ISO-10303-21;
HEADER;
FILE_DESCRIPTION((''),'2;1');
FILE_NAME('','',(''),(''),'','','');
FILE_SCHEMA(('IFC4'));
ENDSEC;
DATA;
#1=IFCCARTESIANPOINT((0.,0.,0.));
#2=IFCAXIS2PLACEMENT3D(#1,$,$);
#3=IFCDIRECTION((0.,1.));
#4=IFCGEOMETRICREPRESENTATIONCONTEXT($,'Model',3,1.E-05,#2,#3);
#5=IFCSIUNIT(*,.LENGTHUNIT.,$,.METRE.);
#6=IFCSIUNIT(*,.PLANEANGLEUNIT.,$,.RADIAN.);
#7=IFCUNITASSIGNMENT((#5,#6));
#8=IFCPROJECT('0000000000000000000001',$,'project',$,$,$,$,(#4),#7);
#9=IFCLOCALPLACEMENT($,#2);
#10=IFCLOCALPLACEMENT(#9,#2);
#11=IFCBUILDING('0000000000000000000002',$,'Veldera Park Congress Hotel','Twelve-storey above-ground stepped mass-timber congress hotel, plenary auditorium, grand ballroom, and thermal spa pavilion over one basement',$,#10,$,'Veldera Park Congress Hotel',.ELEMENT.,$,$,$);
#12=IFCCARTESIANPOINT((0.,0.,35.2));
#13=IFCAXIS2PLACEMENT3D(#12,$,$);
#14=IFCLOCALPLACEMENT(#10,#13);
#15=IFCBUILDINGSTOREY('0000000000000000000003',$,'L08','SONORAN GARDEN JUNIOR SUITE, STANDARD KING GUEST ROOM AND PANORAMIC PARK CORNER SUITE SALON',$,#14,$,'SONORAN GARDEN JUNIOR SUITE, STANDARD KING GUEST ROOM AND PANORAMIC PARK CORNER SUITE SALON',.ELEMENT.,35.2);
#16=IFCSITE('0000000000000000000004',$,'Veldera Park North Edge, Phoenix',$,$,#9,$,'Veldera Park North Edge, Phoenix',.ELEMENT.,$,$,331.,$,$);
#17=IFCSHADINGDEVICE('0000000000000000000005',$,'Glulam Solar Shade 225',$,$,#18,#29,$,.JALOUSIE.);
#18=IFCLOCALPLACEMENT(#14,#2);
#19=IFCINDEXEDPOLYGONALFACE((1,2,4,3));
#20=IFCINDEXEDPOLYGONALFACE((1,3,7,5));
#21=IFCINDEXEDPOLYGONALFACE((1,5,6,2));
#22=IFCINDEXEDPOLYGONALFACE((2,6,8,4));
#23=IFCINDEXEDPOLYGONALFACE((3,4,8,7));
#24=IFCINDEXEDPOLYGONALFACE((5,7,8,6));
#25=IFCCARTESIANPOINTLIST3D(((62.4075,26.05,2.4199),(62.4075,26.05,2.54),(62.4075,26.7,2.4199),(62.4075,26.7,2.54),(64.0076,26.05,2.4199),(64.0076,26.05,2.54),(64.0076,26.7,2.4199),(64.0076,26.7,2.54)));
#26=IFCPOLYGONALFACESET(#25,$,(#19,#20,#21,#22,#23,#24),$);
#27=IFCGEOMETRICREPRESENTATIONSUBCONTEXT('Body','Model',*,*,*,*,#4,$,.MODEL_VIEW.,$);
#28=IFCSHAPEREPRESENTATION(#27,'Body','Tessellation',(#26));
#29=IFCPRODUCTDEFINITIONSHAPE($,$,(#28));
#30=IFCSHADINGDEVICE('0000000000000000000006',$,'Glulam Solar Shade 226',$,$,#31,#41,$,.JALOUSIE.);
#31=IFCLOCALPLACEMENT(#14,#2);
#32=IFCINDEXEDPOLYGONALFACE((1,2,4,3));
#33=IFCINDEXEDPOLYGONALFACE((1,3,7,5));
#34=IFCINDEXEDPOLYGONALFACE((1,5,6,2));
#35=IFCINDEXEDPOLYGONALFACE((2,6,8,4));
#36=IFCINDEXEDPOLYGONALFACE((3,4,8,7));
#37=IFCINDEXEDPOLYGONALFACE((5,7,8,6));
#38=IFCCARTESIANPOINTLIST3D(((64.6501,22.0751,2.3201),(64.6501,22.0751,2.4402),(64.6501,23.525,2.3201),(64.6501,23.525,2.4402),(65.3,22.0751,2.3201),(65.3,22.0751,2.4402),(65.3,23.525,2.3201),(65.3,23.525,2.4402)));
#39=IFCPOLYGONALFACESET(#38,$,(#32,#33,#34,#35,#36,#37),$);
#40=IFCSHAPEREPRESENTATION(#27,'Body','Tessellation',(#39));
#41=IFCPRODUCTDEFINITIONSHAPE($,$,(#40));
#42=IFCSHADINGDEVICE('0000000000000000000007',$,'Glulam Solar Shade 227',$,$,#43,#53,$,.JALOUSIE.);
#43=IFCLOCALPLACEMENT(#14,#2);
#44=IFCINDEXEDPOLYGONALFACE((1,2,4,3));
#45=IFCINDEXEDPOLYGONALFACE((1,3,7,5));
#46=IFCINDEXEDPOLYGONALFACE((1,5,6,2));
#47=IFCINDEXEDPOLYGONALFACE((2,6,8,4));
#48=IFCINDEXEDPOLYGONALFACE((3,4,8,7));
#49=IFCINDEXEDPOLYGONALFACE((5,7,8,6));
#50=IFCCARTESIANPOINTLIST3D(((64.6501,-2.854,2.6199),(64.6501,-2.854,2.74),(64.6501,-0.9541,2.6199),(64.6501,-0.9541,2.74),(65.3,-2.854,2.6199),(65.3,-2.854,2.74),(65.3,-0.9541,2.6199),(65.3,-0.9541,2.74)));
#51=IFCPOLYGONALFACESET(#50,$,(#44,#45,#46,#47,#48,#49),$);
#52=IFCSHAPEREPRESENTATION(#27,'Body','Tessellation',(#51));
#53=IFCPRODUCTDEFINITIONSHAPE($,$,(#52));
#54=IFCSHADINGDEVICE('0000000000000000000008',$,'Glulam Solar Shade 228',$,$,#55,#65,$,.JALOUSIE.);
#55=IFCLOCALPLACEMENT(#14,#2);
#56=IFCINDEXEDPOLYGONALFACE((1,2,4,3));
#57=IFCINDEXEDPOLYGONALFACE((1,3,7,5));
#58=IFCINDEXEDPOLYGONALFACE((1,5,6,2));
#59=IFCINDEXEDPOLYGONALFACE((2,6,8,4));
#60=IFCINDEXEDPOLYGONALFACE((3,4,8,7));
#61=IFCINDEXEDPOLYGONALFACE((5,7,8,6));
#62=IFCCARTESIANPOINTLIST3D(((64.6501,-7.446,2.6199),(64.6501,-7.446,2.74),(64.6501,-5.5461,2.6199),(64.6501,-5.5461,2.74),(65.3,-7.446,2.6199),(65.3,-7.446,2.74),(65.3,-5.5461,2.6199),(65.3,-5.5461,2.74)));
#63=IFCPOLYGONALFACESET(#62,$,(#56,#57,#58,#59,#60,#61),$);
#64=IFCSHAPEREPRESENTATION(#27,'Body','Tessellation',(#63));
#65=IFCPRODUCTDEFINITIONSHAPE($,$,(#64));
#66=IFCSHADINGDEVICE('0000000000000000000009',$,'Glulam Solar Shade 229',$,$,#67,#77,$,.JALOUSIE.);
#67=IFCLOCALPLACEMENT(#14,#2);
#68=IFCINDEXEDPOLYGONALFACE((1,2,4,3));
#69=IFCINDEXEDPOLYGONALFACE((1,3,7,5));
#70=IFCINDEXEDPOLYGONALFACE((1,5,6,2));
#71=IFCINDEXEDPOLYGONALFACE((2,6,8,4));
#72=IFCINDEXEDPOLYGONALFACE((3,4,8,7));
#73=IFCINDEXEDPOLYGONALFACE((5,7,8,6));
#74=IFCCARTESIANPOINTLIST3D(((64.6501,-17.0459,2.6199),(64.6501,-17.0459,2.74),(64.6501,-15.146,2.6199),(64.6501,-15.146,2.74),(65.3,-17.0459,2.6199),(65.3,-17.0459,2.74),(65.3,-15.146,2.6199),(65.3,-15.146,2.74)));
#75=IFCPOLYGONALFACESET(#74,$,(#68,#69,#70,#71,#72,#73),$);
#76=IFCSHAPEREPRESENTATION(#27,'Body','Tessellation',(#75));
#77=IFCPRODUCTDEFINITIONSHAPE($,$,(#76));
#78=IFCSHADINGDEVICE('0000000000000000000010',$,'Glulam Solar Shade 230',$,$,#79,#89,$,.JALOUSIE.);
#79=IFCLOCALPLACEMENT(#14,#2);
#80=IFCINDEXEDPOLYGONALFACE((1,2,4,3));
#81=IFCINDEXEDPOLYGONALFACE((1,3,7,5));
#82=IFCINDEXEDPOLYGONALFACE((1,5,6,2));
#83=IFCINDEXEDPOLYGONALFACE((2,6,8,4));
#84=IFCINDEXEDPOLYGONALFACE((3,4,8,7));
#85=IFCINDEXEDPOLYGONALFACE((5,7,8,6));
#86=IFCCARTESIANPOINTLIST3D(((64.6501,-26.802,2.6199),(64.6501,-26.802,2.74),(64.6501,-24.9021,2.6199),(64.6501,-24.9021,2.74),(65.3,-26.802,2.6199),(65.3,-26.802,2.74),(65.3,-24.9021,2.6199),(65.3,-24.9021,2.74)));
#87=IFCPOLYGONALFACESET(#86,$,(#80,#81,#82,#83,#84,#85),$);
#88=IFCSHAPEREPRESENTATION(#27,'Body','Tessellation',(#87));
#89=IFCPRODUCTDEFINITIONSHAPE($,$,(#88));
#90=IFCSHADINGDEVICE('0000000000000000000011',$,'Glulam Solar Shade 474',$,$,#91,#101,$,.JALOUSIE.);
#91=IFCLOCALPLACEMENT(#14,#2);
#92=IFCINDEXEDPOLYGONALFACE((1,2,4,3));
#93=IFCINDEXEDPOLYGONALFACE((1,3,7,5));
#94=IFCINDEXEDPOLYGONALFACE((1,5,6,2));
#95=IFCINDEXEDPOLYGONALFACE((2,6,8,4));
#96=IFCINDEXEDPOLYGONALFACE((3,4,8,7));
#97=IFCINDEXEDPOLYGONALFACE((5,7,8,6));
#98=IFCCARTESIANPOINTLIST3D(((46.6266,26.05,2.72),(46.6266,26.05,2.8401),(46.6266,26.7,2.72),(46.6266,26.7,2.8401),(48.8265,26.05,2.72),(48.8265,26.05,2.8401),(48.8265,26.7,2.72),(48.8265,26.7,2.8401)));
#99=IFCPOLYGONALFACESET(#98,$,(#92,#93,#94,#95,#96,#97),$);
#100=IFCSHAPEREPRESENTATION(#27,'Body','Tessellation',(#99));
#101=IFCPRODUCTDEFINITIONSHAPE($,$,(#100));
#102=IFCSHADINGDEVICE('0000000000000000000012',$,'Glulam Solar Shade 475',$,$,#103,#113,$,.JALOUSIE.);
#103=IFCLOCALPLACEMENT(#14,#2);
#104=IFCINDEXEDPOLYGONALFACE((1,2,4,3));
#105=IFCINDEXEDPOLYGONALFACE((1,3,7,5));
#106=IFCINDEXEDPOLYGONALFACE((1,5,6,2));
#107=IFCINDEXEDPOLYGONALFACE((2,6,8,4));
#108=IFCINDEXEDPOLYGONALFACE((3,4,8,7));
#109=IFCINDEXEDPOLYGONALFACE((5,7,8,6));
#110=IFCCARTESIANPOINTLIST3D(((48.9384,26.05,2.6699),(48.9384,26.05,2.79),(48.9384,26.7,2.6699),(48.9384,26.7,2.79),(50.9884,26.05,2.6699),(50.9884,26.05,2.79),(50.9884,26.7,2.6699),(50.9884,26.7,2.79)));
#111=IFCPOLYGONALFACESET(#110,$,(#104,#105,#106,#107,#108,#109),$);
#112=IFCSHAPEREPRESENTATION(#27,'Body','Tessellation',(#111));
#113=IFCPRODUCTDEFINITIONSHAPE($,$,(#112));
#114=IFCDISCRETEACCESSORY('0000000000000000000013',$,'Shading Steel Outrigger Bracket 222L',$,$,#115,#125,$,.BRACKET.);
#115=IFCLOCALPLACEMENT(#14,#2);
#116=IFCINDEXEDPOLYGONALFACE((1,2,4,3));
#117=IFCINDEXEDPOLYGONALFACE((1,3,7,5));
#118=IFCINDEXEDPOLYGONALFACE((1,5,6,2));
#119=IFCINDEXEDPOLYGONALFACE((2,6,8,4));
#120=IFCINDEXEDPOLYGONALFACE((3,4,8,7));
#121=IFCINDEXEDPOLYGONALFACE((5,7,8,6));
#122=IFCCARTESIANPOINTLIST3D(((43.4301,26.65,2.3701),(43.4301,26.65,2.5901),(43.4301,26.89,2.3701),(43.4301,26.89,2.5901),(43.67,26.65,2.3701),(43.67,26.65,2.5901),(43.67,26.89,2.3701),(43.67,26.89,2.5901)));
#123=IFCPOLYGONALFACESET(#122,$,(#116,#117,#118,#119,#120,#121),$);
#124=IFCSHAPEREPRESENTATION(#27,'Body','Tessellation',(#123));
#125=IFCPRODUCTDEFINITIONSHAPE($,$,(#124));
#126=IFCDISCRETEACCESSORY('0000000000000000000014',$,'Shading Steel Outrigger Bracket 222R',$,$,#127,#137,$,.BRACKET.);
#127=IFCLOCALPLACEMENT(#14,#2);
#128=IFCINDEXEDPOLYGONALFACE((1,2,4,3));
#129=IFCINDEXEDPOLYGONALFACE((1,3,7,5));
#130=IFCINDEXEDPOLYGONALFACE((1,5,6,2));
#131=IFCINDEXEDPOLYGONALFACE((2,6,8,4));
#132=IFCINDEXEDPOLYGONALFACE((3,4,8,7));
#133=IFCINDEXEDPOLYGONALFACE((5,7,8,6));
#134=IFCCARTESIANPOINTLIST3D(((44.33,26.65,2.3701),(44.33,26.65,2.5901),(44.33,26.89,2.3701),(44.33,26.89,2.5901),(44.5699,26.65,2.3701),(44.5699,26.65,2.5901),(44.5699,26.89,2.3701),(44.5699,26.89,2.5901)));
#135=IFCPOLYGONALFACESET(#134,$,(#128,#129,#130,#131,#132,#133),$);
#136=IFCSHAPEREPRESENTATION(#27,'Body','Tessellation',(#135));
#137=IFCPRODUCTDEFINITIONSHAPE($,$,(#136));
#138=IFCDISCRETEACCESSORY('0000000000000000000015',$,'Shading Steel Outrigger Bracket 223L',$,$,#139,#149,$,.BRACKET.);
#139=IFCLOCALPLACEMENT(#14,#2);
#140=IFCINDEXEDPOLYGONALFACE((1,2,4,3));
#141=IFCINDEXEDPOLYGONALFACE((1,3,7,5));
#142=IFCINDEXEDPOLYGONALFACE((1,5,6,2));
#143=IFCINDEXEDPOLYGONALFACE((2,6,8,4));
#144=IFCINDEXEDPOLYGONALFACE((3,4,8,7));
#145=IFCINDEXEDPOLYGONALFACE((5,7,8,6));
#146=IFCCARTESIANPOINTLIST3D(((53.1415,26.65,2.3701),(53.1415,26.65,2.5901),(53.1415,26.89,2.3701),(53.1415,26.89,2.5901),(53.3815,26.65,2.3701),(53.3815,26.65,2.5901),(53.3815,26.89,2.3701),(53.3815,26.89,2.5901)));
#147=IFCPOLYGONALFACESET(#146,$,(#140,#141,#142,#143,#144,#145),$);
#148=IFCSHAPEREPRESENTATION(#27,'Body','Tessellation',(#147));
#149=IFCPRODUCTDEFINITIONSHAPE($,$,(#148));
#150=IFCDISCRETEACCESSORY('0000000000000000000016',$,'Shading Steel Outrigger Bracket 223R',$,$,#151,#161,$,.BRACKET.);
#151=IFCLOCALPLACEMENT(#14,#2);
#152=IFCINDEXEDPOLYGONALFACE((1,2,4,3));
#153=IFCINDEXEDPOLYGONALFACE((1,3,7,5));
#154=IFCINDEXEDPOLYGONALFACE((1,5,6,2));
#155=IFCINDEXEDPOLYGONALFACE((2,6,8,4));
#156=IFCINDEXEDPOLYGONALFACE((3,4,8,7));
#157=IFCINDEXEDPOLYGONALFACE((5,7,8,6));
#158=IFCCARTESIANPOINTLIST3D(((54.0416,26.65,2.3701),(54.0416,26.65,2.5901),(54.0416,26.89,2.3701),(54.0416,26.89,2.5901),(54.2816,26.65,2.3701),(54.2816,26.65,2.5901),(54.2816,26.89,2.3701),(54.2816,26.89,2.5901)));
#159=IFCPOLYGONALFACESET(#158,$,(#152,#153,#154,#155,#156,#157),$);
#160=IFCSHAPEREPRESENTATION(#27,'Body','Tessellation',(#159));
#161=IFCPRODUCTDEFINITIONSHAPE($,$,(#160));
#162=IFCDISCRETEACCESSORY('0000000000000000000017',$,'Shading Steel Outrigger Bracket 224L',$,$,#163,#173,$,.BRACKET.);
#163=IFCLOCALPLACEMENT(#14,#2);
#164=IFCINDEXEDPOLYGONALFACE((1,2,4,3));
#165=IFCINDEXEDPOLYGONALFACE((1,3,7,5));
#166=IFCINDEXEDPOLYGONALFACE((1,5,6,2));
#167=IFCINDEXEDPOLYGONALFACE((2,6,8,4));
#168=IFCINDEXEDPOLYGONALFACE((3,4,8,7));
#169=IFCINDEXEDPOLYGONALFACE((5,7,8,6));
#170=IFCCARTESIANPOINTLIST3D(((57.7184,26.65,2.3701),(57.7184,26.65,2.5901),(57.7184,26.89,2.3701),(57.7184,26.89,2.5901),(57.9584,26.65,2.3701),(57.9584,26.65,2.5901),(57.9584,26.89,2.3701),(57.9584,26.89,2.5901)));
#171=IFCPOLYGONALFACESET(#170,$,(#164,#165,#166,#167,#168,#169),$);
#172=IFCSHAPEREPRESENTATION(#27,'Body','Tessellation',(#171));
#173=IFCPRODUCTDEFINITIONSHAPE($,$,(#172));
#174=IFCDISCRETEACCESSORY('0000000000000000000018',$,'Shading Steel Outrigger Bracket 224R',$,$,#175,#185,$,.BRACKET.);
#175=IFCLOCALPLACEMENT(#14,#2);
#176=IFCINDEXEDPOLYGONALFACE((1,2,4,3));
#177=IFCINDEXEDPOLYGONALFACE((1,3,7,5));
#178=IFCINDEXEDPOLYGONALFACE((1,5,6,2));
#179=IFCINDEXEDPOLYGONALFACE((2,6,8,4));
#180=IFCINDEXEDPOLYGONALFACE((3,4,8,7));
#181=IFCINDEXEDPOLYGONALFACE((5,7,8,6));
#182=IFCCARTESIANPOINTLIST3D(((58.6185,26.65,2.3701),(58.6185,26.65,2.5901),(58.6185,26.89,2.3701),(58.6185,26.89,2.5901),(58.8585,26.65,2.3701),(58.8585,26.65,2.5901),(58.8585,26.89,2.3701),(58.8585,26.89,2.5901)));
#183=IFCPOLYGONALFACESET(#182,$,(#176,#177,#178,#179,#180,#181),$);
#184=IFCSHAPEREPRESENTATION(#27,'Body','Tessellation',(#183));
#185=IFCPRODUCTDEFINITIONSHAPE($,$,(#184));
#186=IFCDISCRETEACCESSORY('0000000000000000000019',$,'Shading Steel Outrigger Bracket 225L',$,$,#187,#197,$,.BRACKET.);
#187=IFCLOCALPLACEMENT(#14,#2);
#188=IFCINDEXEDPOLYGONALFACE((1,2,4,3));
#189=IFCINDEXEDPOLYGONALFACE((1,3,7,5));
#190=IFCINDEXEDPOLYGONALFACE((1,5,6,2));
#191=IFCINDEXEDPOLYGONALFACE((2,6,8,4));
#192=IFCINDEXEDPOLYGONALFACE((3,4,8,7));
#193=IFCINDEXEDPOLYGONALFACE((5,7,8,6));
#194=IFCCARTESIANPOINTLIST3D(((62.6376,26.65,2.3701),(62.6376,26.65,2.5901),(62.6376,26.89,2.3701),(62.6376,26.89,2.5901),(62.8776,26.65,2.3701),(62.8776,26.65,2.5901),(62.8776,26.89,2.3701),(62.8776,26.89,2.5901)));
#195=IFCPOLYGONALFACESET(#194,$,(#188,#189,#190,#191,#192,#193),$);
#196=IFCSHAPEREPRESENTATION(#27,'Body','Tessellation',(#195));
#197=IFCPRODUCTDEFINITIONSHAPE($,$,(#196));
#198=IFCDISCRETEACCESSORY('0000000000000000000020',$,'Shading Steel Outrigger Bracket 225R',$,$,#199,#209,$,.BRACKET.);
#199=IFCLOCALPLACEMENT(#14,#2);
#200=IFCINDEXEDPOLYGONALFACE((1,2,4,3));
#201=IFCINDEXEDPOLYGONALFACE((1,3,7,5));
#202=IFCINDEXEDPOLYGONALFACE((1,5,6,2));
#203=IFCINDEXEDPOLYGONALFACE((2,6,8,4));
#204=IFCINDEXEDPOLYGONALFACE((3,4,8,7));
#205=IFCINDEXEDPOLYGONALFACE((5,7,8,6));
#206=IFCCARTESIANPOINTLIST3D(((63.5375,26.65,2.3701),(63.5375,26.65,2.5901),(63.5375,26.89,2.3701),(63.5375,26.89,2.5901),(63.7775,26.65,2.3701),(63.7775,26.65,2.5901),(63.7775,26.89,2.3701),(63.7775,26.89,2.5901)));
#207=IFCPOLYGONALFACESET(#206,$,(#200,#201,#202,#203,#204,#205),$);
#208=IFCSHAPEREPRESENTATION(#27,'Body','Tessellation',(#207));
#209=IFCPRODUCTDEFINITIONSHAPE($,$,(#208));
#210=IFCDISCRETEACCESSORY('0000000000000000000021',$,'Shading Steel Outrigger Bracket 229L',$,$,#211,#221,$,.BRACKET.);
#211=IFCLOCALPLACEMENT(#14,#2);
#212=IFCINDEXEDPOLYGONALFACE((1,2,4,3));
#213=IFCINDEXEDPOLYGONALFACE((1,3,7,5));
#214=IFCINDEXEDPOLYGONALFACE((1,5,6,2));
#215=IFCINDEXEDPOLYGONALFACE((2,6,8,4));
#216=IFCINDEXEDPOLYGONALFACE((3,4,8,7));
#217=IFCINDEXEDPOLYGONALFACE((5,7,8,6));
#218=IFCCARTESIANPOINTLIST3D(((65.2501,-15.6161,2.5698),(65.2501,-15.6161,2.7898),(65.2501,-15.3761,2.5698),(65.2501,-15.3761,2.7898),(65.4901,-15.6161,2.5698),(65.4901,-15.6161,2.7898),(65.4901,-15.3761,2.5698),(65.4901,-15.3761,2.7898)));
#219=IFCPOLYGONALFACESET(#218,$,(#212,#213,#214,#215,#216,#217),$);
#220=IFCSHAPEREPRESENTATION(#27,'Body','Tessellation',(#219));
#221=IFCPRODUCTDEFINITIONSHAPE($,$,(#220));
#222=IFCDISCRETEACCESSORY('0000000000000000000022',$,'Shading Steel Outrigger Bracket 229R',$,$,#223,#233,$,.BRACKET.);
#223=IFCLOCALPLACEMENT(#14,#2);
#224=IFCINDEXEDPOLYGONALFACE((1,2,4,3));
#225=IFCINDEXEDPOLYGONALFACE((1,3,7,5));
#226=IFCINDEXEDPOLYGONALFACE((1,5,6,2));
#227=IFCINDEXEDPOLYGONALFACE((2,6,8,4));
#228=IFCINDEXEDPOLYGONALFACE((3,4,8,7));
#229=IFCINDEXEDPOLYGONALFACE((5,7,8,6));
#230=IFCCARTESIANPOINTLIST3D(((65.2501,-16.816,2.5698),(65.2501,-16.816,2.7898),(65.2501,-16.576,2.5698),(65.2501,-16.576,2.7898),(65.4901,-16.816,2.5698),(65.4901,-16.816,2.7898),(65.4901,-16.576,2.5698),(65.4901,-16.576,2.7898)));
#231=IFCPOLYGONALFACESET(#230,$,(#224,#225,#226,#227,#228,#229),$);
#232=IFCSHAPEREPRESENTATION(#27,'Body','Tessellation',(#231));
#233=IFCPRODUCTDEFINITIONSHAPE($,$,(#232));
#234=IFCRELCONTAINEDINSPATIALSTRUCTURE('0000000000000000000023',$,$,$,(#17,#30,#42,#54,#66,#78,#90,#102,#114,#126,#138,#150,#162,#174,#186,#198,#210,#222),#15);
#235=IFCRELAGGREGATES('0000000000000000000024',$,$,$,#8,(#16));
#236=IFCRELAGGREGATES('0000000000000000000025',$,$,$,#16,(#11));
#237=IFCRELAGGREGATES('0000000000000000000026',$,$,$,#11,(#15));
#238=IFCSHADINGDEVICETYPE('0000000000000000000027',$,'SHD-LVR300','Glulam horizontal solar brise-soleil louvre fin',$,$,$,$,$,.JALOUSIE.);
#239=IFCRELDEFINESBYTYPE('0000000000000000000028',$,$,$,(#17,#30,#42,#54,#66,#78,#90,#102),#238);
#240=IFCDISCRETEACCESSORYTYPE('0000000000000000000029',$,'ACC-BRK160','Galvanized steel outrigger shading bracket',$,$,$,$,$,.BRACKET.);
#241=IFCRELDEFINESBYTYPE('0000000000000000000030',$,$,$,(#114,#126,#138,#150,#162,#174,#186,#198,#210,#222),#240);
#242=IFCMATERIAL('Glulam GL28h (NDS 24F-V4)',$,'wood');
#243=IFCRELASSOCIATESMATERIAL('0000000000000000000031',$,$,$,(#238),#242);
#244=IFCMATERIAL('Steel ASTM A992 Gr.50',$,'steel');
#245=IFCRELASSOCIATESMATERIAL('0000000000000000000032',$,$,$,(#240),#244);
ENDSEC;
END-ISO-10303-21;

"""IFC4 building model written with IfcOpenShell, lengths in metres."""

from ifc_helpers import new_model, si_unit, direction, frame, origin, origin_2d, place, context, subcontext, project, spatial, rectangle, extrude, material, type_object, element, save


model = new_model("IFC4")

# Units and contexts
model_context = context("Model", 3, precision=1e-05, world=origin(), true_north=direction((0.0, 1.0)))
body_context = subcontext(model_context, "Body", "Model", "MODEL_VIEW")
ifc_project = project(units=[si_unit("LENGTHUNIT", "METRE"), si_unit("PLANEANGLEUNIT", "RADIAN")], contexts=[model_context])

# Site, building, storey
site_placement = place(None, origin())
site = spatial("IfcSite", under=ifc_project, at=site_placement, Name="Veldera Park North Edge, Phoenix", LongName="Veldera Park North Edge, Phoenix", CompositionType="ELEMENT", RefElevation=331.0)
building_placement = place(site_placement, origin())
building = spatial("IfcBuilding", under=site, at=building_placement, Name="Veldera Park Congress Hotel", Description="Twelve-storey above-ground stepped mass-timber congress hotel, plenary auditorium, grand ballroom, and thermal spa pavilion over one basement", LongName="Veldera Park Congress Hotel", CompositionType="ELEMENT")
storey_placement = place(building_placement, frame((0.0, 0.0, 35.2)))
storey = spatial("IfcBuildingStorey", under=building, at=storey_placement, Name="L08", Description="SONORAN GARDEN JUNIOR SUITE, STANDARD KING GUEST ROOM AND PANORAMIC PARK CORNER SUITE SALON", LongName="SONORAN GARDEN JUNIOR SUITE, STANDARD KING GUEST ROOM AND PANORAMIC PARK CORNER SUITE SALON", CompositionType="ELEMENT", Elevation=35.2)

# Shared definitions
ifc_material_1 = material(Name="Glulam GL28h (NDS 24F-V4)", Category="wood")

# Shading devices
shading_device_type = type_object("IfcShadingDeviceType", Name="SHD-LVR300", Description="Glulam horizontal solar brise-soleil louvre fin", PredefinedType="JALOUSIE", material=ifc_material_1)
for number, where, z_axis, x_axis, name in (
    (1, (63.2075, 26.375, 2.4199), (0.0, 0.0, 1.0), (1.0, 0.0, 0.0), "Glulam Solar Shade 225"),
):
    element("IfcShadingDevice", number, at=place(storey_placement, frame(where, z_axis=z_axis, x_axis=x_axis)), inside=storey, type_object=shading_device_type, Name=name, PredefinedType="JALOUSIE", context=body_context, shape_type="SweptSolid", body=[
        extrude(rectangle(XDim=1.6001, YDim=0.6499, at=origin_2d()), origin(), (0.0, 0.0, 1.0), 0.1201),
    ])
shading_device_1_placement = place(storey_placement, frame((64.9751, 22.8, 2.3201), z_axis=(0.0, 0.0, 1.0), x_axis=(0.0, -1.0, 0.0)))
element("IfcShadingDevice", 2, at=shading_device_1_placement, inside=storey, type_object=shading_device_type, Name="Glulam Solar Shade 226", PredefinedType="JALOUSIE", context=body_context, shape_type="SweptSolid", body=[
    extrude(rectangle(XDim=1.45, YDim=0.6499, at=origin_2d()), origin(), (0.0, 0.0, 1.0), 0.1201),
])
for number, where, z_axis, x_axis, name in (
    (3, (64.9751, -1.9041, 2.6199), (0.0, 0.0, 1.0), (0.0, -1.0, 0.0), "Glulam Solar Shade 227"),
    (4, (64.9751, -6.4961, 2.6199), (0.0, 0.0, 1.0), (0.0, -1.0, 0.0), "Glulam Solar Shade 228"),
    (5, (64.9751, -16.0959, 2.6199), (0.0, 0.0, 1.0), (0.0, -1.0, 0.0), "Glulam Solar Shade 229"),
    (6, (64.9751, -25.8521, 2.6199), (0.0, 0.0, 1.0), (0.0, -1.0, 0.0), "Glulam Solar Shade 230"),
):
    element("IfcShadingDevice", number, at=place(storey_placement, frame(where, z_axis=z_axis, x_axis=x_axis)), inside=storey, type_object=shading_device_type, Name=name, PredefinedType="JALOUSIE", context=body_context, shape_type="SweptSolid", body=[
        extrude(rectangle(XDim=1.8999, YDim=0.6499, at=origin_2d()), origin(), (0.0, 0.0, 1.0), 0.1201),
    ])
shading_device_2_placement = place(storey_placement, frame((47.7266, 26.375, 2.72), z_axis=(0.0, 0.0, 1.0), x_axis=(1.0, 0.0, 0.0)))
element("IfcShadingDevice", 7, at=shading_device_2_placement, inside=storey, type_object=shading_device_type, Name="Glulam Solar Shade 474", PredefinedType="JALOUSIE", context=body_context, shape_type="SweptSolid", body=[
    extrude(rectangle(XDim=2.2, YDim=0.6499, at=origin_2d()), origin(), (0.0, 0.0, 1.0), 0.1201),
])
shading_device_3_placement = place(storey_placement, frame((49.9634, 26.375, 2.6699), z_axis=(0.0, 0.0, 1.0), x_axis=(1.0, 0.0, 0.0)))
element("IfcShadingDevice", 8, at=shading_device_3_placement, inside=storey, type_object=shading_device_type, Name="Glulam Solar Shade 475", PredefinedType="JALOUSIE", context=body_context, shape_type="SweptSolid", body=[
    extrude(rectangle(XDim=2.05, YDim=0.6499, at=origin_2d()), origin(), (0.0, 0.0, 1.0), 0.1201),
])

# Discrete accessories
ifc_material_2 = material(Name="Steel ASTM A992 Gr.50", Category="steel")
discrete_accessory_type = type_object("IfcDiscreteAccessoryType", Name="ACC-BRK160", Description="Galvanized steel outrigger shading bracket", PredefinedType="BRACKET", material=ifc_material_2)
for number, where, z_axis, x_axis, name in (
    (9, (43.55, 26.77, 2.3701), (0.0, 0.0, 1.0), (1.0, 0.0, 0.0), "Shading Steel Outrigger Bracket 222L"),
    (10, (44.45, 26.77, 2.3701), (0.0, 0.0, 1.0), (1.0, 0.0, 0.0), "Shading Steel Outrigger Bracket 222R"),
    (11, (53.2615, 26.77, 2.3701), (0.0, 0.0, 1.0), (1.0, 0.0, 0.0), "Shading Steel Outrigger Bracket 223L"),
    (12, (54.1616, 26.77, 2.3701), (0.0, 0.0, 1.0), (1.0, 0.0, 0.0), "Shading Steel Outrigger Bracket 223R"),
    (13, (57.8384, 26.77, 2.3701), (0.0, 0.0, 1.0), (1.0, 0.0, 0.0), "Shading Steel Outrigger Bracket 224L"),
    (14, (58.7385, 26.77, 2.3701), (0.0, 0.0, 1.0), (1.0, 0.0, 0.0), "Shading Steel Outrigger Bracket 224R"),
    (15, (62.7576, 26.77, 2.3701), (0.0, 0.0, 1.0), (1.0, 0.0, 0.0), "Shading Steel Outrigger Bracket 225L"),
    (16, (63.6575, 26.77, 2.3701), (0.0, 0.0, 1.0), (1.0, 0.0, 0.0), "Shading Steel Outrigger Bracket 225R"),
    (17, (65.3701, -15.4961, 2.5698), (0.0, 0.0, 1.0), (0.0, -1.0, 0.0), "Shading Steel Outrigger Bracket 229L"),
    (18, (65.3701, -16.696, 2.5698), (0.0, 0.0, 1.0), (0.0, -1.0, 0.0), "Shading Steel Outrigger Bracket 229R"),
):
    element("IfcDiscreteAccessory", number, at=place(storey_placement, frame(where, z_axis=z_axis, x_axis=x_axis)), inside=storey, type_object=discrete_accessory_type, Name=name, PredefinedType="BRACKET", context=body_context, shape_type="SweptSolid", body=[
        extrude(rectangle(XDim=0.24, YDim=0.24, at=origin_2d()), origin(), (0.0, 0.0, 1.0), 0.22),
    ])

save(model, "model.ifc")
